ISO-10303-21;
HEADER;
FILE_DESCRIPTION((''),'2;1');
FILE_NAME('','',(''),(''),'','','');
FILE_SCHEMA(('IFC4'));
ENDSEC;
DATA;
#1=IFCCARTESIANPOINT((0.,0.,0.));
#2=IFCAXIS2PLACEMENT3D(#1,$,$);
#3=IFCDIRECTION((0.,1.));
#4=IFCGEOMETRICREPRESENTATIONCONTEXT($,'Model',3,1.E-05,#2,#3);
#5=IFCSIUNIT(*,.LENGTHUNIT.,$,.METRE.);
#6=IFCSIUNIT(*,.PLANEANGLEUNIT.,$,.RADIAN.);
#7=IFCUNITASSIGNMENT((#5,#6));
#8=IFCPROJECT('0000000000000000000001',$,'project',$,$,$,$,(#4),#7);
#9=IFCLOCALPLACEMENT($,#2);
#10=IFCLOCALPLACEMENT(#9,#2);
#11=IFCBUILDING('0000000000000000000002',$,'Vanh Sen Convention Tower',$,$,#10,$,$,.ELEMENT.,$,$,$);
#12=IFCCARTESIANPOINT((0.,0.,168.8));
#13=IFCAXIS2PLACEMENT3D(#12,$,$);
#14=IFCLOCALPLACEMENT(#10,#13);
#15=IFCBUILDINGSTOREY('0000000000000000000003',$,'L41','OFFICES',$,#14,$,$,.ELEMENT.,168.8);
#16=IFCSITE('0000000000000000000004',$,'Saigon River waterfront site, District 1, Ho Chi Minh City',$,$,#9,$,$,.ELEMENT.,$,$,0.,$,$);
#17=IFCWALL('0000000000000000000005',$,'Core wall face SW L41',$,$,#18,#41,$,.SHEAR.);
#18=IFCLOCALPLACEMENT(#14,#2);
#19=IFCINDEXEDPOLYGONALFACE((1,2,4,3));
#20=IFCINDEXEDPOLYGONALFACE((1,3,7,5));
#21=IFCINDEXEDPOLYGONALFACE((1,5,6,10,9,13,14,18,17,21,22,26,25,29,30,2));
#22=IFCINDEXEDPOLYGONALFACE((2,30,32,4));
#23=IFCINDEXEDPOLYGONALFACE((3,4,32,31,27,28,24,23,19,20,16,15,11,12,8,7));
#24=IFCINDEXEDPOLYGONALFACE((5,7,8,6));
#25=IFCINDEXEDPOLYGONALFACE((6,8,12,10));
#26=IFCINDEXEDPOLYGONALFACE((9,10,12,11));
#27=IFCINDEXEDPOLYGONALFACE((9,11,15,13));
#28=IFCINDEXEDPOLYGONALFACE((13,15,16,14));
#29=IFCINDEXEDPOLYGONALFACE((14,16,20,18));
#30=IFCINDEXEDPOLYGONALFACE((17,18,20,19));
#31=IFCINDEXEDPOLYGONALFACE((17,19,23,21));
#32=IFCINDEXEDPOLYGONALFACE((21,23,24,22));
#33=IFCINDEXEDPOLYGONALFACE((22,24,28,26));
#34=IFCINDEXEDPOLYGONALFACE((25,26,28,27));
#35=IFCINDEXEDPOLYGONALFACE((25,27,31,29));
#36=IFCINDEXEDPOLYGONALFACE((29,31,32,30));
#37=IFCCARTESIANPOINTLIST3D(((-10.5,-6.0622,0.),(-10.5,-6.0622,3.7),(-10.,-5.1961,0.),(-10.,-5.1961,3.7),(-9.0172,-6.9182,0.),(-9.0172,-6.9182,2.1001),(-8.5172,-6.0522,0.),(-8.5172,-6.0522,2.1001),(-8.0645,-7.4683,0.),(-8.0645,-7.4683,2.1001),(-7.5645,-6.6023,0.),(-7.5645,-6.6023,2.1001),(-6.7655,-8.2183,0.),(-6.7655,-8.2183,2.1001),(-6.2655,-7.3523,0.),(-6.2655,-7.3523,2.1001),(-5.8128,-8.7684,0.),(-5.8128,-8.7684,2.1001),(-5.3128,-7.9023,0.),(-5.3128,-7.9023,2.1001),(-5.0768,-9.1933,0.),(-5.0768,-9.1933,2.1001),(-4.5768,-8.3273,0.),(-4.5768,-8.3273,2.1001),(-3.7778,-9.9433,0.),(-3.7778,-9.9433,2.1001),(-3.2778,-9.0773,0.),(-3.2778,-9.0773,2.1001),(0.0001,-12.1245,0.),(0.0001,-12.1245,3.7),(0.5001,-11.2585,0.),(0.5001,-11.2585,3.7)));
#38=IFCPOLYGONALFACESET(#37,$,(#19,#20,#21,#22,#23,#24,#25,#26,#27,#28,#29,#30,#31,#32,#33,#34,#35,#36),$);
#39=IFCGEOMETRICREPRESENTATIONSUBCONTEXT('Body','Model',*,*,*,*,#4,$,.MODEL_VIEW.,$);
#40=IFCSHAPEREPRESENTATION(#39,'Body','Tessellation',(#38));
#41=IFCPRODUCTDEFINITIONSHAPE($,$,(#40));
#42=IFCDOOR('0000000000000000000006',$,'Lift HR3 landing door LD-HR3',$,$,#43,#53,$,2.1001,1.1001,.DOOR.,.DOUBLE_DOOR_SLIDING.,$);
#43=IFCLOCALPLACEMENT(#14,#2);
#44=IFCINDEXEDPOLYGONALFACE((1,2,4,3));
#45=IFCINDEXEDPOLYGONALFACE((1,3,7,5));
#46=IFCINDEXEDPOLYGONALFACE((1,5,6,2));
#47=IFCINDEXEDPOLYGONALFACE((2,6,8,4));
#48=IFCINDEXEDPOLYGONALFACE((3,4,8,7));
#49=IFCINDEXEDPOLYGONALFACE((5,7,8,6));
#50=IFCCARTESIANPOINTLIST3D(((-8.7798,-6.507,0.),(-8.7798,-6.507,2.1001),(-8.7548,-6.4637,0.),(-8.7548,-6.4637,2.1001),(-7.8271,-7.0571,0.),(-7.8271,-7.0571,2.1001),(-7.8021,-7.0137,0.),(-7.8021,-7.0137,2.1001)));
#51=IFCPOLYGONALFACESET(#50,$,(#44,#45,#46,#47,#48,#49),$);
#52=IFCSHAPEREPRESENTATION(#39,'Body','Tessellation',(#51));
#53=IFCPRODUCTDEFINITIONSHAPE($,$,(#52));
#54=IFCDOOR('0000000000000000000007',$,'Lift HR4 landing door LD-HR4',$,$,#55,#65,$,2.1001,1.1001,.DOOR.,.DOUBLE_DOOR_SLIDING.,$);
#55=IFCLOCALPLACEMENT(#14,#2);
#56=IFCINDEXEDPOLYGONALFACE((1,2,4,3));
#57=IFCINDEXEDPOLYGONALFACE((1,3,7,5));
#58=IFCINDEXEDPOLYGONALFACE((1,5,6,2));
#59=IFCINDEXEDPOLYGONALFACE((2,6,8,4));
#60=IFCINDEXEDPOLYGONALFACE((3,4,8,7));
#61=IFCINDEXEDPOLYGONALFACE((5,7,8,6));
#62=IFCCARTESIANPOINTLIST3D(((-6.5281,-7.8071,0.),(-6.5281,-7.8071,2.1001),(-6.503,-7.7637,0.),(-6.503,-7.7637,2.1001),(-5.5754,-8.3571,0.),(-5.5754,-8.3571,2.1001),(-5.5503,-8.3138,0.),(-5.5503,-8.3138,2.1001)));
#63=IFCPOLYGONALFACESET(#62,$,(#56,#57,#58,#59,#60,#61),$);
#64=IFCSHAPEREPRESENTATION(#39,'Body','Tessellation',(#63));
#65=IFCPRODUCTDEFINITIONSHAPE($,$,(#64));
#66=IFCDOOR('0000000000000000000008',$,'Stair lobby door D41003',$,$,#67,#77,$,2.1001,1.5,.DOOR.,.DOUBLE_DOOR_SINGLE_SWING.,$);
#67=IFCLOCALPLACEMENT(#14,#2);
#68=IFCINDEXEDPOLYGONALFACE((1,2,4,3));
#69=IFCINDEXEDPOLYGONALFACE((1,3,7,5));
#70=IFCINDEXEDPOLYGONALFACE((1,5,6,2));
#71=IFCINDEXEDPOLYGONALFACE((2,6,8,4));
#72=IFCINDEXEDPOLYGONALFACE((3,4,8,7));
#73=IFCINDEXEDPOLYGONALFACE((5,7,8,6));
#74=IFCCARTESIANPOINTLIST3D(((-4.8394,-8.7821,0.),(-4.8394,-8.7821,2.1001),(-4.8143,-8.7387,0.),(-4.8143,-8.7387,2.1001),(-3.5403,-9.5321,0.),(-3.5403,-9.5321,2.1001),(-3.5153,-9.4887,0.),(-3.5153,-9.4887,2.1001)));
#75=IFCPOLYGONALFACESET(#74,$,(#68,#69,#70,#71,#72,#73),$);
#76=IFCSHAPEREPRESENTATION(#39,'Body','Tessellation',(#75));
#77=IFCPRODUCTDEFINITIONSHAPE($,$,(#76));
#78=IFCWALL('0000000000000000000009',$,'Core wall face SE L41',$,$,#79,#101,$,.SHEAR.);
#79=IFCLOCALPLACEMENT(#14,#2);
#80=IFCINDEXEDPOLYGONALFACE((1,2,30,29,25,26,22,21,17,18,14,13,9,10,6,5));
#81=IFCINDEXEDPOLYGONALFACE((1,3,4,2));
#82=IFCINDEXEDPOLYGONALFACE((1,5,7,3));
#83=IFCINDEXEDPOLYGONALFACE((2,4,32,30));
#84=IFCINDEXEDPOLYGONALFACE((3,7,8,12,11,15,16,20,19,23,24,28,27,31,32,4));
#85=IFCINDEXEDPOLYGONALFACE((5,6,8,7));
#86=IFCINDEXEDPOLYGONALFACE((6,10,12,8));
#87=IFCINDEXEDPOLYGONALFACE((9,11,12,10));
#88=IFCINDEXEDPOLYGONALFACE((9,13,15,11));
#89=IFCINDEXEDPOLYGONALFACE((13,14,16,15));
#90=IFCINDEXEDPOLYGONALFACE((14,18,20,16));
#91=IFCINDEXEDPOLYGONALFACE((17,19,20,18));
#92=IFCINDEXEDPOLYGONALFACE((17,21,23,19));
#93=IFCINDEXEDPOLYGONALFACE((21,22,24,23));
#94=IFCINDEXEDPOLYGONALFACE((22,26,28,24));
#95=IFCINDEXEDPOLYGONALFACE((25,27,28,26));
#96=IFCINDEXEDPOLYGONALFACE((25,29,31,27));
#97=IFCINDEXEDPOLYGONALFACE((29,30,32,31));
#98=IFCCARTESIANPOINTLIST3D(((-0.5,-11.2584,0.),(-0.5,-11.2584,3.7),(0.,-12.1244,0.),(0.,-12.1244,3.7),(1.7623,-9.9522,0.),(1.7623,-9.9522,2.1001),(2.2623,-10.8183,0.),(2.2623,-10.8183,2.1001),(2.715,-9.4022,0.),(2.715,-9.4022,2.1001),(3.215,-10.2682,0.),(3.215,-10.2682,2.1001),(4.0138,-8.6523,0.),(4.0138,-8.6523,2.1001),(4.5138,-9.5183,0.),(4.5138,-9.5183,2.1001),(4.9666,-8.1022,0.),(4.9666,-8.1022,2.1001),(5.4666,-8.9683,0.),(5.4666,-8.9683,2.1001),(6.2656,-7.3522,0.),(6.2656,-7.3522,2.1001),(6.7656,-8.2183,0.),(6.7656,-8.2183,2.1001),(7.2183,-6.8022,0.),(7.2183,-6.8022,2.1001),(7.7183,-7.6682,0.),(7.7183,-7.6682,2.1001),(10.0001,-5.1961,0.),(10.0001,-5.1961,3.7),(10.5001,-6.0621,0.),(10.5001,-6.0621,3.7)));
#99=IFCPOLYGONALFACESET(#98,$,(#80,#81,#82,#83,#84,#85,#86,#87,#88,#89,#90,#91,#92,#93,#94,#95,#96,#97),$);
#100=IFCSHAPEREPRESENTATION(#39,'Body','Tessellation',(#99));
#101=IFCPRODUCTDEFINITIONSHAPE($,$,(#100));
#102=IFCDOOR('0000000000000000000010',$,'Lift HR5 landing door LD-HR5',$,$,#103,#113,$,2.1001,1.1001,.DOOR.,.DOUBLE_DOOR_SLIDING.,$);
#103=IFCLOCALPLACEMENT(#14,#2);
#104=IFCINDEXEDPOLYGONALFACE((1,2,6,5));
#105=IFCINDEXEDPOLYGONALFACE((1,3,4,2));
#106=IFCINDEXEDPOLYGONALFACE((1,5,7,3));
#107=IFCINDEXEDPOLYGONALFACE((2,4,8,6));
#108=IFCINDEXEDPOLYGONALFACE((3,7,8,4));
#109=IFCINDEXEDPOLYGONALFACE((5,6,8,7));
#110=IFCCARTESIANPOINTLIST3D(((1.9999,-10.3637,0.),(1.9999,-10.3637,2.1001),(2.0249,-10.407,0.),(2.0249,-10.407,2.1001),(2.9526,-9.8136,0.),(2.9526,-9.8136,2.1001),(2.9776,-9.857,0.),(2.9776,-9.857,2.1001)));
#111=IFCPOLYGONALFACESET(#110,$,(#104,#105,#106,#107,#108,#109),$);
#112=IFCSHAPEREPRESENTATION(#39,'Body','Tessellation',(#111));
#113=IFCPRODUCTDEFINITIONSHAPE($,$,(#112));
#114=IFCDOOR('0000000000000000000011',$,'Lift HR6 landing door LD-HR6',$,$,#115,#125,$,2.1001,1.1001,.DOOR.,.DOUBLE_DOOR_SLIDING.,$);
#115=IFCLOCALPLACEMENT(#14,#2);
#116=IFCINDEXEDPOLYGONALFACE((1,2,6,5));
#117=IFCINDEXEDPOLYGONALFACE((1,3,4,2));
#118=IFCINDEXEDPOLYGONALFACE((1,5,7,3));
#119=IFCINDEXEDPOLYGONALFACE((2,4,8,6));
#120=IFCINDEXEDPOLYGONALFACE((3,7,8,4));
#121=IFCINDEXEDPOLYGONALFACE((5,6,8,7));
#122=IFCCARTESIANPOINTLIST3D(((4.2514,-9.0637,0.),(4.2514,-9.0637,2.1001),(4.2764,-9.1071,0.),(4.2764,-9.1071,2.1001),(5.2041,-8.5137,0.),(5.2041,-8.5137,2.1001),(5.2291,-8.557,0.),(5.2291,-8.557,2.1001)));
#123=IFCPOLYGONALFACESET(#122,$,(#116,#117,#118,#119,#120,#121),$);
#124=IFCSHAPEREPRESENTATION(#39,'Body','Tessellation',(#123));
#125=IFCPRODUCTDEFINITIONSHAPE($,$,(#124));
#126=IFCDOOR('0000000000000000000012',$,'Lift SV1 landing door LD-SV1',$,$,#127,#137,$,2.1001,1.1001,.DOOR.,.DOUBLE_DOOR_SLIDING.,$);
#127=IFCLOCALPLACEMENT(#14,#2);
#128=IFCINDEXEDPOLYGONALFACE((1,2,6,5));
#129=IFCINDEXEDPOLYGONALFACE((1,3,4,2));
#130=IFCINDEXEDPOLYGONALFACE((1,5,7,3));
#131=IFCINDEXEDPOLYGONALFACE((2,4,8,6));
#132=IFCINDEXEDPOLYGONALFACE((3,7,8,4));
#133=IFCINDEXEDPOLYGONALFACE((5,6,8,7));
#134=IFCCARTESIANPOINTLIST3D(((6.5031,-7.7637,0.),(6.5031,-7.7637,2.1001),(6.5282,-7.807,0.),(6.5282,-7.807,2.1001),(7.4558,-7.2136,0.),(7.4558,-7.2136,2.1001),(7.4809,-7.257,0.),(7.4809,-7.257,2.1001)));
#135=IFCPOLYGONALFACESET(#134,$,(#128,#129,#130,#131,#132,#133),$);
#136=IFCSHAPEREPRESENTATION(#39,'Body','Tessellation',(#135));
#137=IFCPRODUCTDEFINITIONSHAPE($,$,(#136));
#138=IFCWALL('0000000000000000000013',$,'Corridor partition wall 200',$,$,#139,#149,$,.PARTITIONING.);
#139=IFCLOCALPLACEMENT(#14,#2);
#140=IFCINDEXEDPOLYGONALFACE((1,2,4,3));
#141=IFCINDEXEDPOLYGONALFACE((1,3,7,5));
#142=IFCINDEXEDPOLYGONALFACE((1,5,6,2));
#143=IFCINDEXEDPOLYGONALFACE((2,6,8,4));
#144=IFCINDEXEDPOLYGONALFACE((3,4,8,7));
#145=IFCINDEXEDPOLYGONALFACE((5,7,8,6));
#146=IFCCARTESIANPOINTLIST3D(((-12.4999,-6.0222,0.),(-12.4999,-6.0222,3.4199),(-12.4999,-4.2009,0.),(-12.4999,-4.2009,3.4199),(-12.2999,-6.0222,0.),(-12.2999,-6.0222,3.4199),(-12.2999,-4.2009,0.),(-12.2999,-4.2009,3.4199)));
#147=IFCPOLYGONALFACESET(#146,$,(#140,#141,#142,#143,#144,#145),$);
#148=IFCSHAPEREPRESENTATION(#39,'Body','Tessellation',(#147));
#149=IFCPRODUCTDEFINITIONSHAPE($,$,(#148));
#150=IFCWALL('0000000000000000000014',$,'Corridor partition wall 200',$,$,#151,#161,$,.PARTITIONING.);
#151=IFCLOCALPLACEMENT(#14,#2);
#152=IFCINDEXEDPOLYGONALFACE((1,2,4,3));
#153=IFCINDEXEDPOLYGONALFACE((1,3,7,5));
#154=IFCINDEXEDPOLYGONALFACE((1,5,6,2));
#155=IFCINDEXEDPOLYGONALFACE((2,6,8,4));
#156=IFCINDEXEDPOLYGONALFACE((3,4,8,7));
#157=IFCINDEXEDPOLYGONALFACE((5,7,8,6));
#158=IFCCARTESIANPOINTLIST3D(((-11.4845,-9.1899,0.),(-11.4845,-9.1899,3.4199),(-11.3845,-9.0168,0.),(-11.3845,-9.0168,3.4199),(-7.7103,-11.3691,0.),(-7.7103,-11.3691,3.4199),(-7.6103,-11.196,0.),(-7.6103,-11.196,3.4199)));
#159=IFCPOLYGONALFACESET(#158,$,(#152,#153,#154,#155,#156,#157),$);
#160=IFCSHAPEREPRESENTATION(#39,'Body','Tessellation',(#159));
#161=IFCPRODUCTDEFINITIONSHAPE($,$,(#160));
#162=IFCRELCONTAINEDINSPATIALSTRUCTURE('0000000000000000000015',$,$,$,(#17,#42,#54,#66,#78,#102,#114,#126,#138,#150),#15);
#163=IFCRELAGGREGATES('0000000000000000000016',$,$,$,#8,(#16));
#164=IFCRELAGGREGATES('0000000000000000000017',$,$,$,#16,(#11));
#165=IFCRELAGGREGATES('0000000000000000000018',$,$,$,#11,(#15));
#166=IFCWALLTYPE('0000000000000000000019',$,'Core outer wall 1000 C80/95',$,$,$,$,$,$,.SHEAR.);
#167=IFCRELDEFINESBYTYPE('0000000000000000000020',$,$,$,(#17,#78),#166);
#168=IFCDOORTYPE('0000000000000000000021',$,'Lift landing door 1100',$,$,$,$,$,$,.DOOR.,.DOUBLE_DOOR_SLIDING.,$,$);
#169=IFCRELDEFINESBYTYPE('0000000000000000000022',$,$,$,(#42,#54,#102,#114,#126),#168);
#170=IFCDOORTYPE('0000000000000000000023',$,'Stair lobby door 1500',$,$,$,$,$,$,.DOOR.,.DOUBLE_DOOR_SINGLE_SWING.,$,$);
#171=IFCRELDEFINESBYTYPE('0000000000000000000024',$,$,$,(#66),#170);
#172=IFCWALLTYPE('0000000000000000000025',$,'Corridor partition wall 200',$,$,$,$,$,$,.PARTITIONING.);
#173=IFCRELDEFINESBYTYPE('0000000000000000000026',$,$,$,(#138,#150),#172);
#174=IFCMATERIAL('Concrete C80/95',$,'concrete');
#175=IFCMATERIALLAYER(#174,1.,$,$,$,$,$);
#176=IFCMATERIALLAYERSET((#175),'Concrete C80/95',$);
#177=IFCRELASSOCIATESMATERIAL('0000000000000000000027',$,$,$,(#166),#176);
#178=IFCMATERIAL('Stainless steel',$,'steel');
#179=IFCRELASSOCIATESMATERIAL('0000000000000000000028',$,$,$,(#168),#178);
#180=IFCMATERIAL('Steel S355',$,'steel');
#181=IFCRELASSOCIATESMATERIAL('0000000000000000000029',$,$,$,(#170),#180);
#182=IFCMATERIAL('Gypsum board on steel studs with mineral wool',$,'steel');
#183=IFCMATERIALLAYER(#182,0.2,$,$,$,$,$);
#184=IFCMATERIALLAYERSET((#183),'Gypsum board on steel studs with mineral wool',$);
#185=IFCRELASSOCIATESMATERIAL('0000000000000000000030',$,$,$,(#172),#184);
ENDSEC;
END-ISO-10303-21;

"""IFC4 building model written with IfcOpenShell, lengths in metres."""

from ifc_helpers import new_model, si_unit, direction, frame, frame_2d, origin, place, context, subcontext, project, spatial, rectangle, extrude, material, layer, layer_set, type_object, element, fill, save


model = new_model("IFC4")

# Units and contexts
model_context = context("Model", 3, precision=1e-05, world=origin(), true_north=direction((0.0, 1.0)))
body_context = subcontext(model_context, "Body", "Model", "MODEL_VIEW")
ifc_project = project(units=[si_unit("LENGTHUNIT", "METRE"), si_unit("PLANEANGLEUNIT", "RADIAN")], contexts=[model_context])

# Site, building, storey
site_placement = place(None, origin())
site = spatial("IfcSite", under=ifc_project, at=site_placement, Name="Saigon River waterfront site, District 1, Ho Chi Minh City", CompositionType="ELEMENT", RefElevation=0.0)
building_placement = place(site_placement, origin())
building = spatial("IfcBuilding", under=site, at=building_placement, Name="Vanh Sen Convention Tower", CompositionType="ELEMENT")
storey_placement = place(building_placement, frame((0.0, 0.0, 168.8)))
storey = spatial("IfcBuildingStorey", under=building, at=storey_placement, Name="L41", Description="OFFICES", CompositionType="ELEMENT", Elevation=168.8)

# Walls, openings, doors
ifc_material_1 = material(Name="Concrete C80/95", Category="concrete")
ifc_layer_1 = layer(ifc_material_1, 1.0)
ifc_layer_set_1 = layer_set([ifc_layer_1], Name="Concrete C80/95")
wall_type_1 = type_object("IfcWallType", Name="Core outer wall 1000 C80/95", PredefinedType="SHEAR", material=ifc_layer_set_1)
wall_1_placement = place(storey_placement, frame((-10.25, -5.6292, 0.0), z_axis=(0.0, 0.0, 1.0), x_axis=(0.866023, -0.500005, 0.0)))
wall_1 = element("IfcWall", 1, at=wall_1_placement, inside=storey, type_object=wall_type_1, Name="Core wall face SW L41", PredefinedType="SHEAR", context=body_context, shape_type="SweptSolid", body=[
    extrude(rectangle(XDim=12.1245, YDim=1.0, at=frame_2d((6.0623, 0.0))), origin(), (0.0, 0.0, 1.0), 3.7),
])
opening_1_placement = place(wall_1_placement, frame((6.2622, 0.0, 0.0)))
opening_1 = element("IfcOpeningElement", 2, at=opening_1_placement, cuts=wall_1, PredefinedType="OPENING", context=body_context, shape_type="SweptSolid", body=[
    extrude(rectangle(XDim=1.5, YDim=2.1001, at=frame_2d((0.75, 1.05))), frame((0.0, 0.51, 0.0), z_axis=(0.0, -1.0, 0.0), x_axis=(1.0, 0.0, 0.0)), (0.0, 0.0, 1.0), 1.02),
])
opening_2_placement = place(wall_1_placement, frame((1.7122, 0.0, 0.0)))
opening_2 = element("IfcOpeningElement", 3, at=opening_2_placement, cuts=wall_1, PredefinedType="OPENING", context=body_context, shape_type="SweptSolid", body=[
    extrude(rectangle(XDim=1.1001, YDim=2.1001, at=frame_2d((0.55, 1.05))), frame((0.0, 0.51, 0.0), z_axis=(0.0, -1.0, 0.0), x_axis=(1.0, 0.0, 0.0)), (0.0, 0.0, 1.0), 1.02),
])
opening_3_placement = place(wall_1_placement, frame((4.3123, 0.0, 0.0)))
opening_3 = element("IfcOpeningElement", 4, at=opening_3_placement, cuts=wall_1, PredefinedType="OPENING", context=body_context, shape_type="SweptSolid", body=[
    extrude(rectangle(XDim=1.1001, YDim=2.1001, at=frame_2d((0.55, 1.05))), frame((0.0, 0.51, 0.0), z_axis=(0.0, -1.0, 0.0), x_axis=(1.0, 0.0, 0.0)), (0.0, 0.0, 1.0), 1.02),
])
ifc_material_2 = material(Name="Stainless steel", Category="steel")
door_type_1 = type_object("IfcDoorType", Name="Lift landing door 1100", OperationType="DOUBLE_DOOR_SLIDING", PredefinedType="DOOR", material=ifc_material_2)
door_1_placement = place(opening_2_placement, origin())
door_1 = element("IfcDoor", 5, at=door_1_placement, inside=storey, type_object=door_type_1, Name="Lift HR3 landing door LD-HR3", OperationType="DOUBLE_DOOR_SLIDING", OverallHeight=2.1001, OverallWidth=1.1001, PredefinedType="DOOR", context=body_context, shape_type="SweptSolid", body=[
    extrude(rectangle(XDim=1.1001, YDim=2.1001, at=frame_2d((0.55, 1.05))), frame((0.0, 0.0249, 0.0), z_axis=(0.0, -1.0, 0.0), x_axis=(1.0, 0.0, 0.0)), (0.0, 0.0, 1.0), 0.05),
])
fill(opening_2, door_1)
door_2_placement = place(opening_3_placement, origin())
door_2 = element("IfcDoor", 6, at=door_2_placement, inside=storey, type_object=door_type_1, Name="Lift HR4 landing door LD-HR4", OperationType="DOUBLE_DOOR_SLIDING", OverallHeight=2.1001, OverallWidth=1.1001, PredefinedType="DOOR", context=body_context, shape_type="SweptSolid", body=[
    extrude(rectangle(XDim=1.1001, YDim=2.1001, at=frame_2d((0.55, 1.05))), frame((0.0, 0.0249, 0.0), z_axis=(0.0, -1.0, 0.0), x_axis=(1.0, 0.0, 0.0)), (0.0, 0.0, 1.0), 0.05),
])
fill(opening_3, door_2)
ifc_material_3 = material(Name="Steel S355", Category="steel")
door_type_2 = type_object("IfcDoorType", Name="Stair lobby door 1500", OperationType="DOUBLE_DOOR_SINGLE_SWING", PredefinedType="DOOR", material=ifc_material_3)
door_3_placement = place(opening_1_placement, origin())
door_3 = element("IfcDoor", 7, at=door_3_placement, inside=storey, type_object=door_type_2, Name="Stair lobby door D41003", OperationType="DOUBLE_DOOR_SINGLE_SWING", OverallHeight=2.1001, OverallWidth=1.5, PredefinedType="DOOR", context=body_context, shape_type="SweptSolid", body=[
    extrude(rectangle(XDim=1.5, YDim=2.1001, at=frame_2d((0.75, 1.05))), frame((0.0, 0.0249, 0.0), z_axis=(0.0, -1.0, 0.0), x_axis=(1.0, 0.0, 0.0)), (0.0, 0.0, 1.0), 0.05),
])
fill(opening_1, door_3)
wall_2_placement = place(storey_placement, frame((-0.25, -11.6914, 0.0), z_axis=(0.0, 0.0, 1.0), x_axis=(0.866023, 0.500005, 0.0)))
wall_2 = element("IfcWall", 8, at=wall_2_placement, inside=storey, type_object=wall_type_1, Name="Core wall face SE L41", PredefinedType="SHEAR", context=body_context, shape_type="SweptSolid", body=[
    extrude(rectangle(XDim=12.1245, YDim=1.0, at=frame_2d((6.0623, 0.0))), origin(), (0.0, 0.0, 1.0), 3.7),
])
opening_4_placement = place(wall_2_placement, frame((2.6123, 0.0, 0.0)))
opening_4 = element("IfcOpeningElement", 9, at=opening_4_placement, cuts=wall_2, PredefinedType="OPENING", context=body_context, shape_type="SweptSolid", body=[
    extrude(rectangle(XDim=1.1001, YDim=2.1001, at=frame_2d((0.55, 1.05))), frame((0.0, 0.51, 0.0), z_axis=(0.0, -1.0, 0.0), x_axis=(1.0, 0.0, 0.0)), (0.0, 0.0, 1.0), 1.02),
])
opening_5_placement = place(wall_2_placement, frame((5.2122, 0.0, 0.0)))
opening_5 = element("IfcOpeningElement", 10, at=opening_5_placement, cuts=wall_2, PredefinedType="OPENING", context=body_context, shape_type="SweptSolid", body=[
    extrude(rectangle(XDim=1.1001, YDim=2.1001, at=frame_2d((0.55, 1.05))), frame((0.0, 0.51, 0.0), z_axis=(0.0, -1.0, 0.0), x_axis=(1.0, 0.0, 0.0)), (0.0, 0.0, 1.0), 1.02),
])
opening_6_placement = place(wall_2_placement, frame((7.8123, 0.0, 0.0)))
opening_6 = element("IfcOpeningElement", 11, at=opening_6_placement, cuts=wall_2, PredefinedType="OPENING", context=body_context, shape_type="SweptSolid", body=[
    extrude(rectangle(XDim=1.1001, YDim=2.1001, at=frame_2d((0.55, 1.05))), frame((0.0, 0.51, 0.0), z_axis=(0.0, -1.0, 0.0), x_axis=(1.0, 0.0, 0.0)), (0.0, 0.0, 1.0), 1.02),
])
door_4_placement = place(opening_4_placement, origin())
door_4 = element("IfcDoor", 12, at=door_4_placement, inside=storey, type_object=door_type_1, Name="Lift HR5 landing door LD-HR5", OperationType="DOUBLE_DOOR_SLIDING", OverallHeight=2.1001, OverallWidth=1.1001, PredefinedType="DOOR", context=body_context, shape_type="SweptSolid", body=[
    extrude(rectangle(XDim=1.1001, YDim=2.1001, at=frame_2d((0.55, 1.05))), frame((0.0, 0.0249, 0.0), z_axis=(0.0, -1.0, 0.0), x_axis=(1.0, 0.0, 0.0)), (0.0, 0.0, 1.0), 0.05),
])
fill(opening_4, door_4)
door_5_placement = place(opening_5_placement, origin())
door_5 = element("IfcDoor", 13, at=door_5_placement, inside=storey, type_object=door_type_1, Name="Lift HR6 landing door LD-HR6", OperationType="DOUBLE_DOOR_SLIDING", OverallHeight=2.1001, OverallWidth=1.1001, PredefinedType="DOOR", context=body_context, shape_type="SweptSolid", body=[
    extrude(rectangle(XDim=1.1001, YDim=2.1001, at=frame_2d((0.55, 1.05))), frame((0.0, 0.0249, 0.0), z_axis=(0.0, -1.0, 0.0), x_axis=(1.0, 0.0, 0.0)), (0.0, 0.0, 1.0), 0.05),
])
fill(opening_5, door_5)
door_6_placement = place(opening_6_placement, origin())
door_6 = element("IfcDoor", 14, at=door_6_placement, inside=storey, type_object=door_type_1, Name="Lift SV1 landing door LD-SV1", OperationType="DOUBLE_DOOR_SLIDING", OverallHeight=2.1001, OverallWidth=1.1001, PredefinedType="DOOR", context=body_context, shape_type="SweptSolid", body=[
    extrude(rectangle(XDim=1.1001, YDim=2.1001, at=frame_2d((0.55, 1.05))), frame((0.0, 0.0249, 0.0), z_axis=(0.0, -1.0, 0.0), x_axis=(1.0, 0.0, 0.0)), (0.0, 0.0, 1.0), 0.05),
])
fill(opening_6, door_6)

# Walls
ifc_material_4 = material(Name="Gypsum board on steel studs with mineral wool", Category="steel")
ifc_layer_2 = layer(ifc_material_4, 0.2)
ifc_layer_set_2 = layer_set([ifc_layer_2], Name="Gypsum board on steel studs with mineral wool")
wall_type_2 = type_object("IfcWallType", Name="Corridor partition wall 200", PredefinedType="PARTITIONING", material=ifc_layer_set_2)
wall_3_placement = place(storey_placement, frame((-12.3999, -4.2009, 0.0), z_axis=(0.0, 0.0, 1.0), x_axis=(0.0, -1.0, 0.0)))
element("IfcWall", 15, at=wall_3_placement, inside=storey, type_object=wall_type_2, Name="Corridor partition wall 200", PredefinedType="PARTITIONING", context=body_context, shape_type="SweptSolid", body=[
    extrude(rectangle(XDim=1.8213, YDim=0.2, at=frame_2d((0.9106, 0.0))), origin(), (0.0, 0.0, 1.0), 3.4199),
])
wall_4_placement = place(storey_placement, frame((-11.4346, -9.1033, 0.0), z_axis=(0.0, 0.0, 1.0), x_axis=(0.866007, -0.500031, 0.0)))
element("IfcWall", 16, at=wall_4_placement, inside=storey, type_object=wall_type_2, Name="Corridor partition wall 200", PredefinedType="PARTITIONING", context=body_context, shape_type="SweptSolid", body=[
    extrude(rectangle(XDim=4.3582, YDim=0.2, at=frame_2d((2.1792, 0.0))), origin(), (0.0, 0.0, 1.0), 3.4199),
])

save(model, "model.ifc")
